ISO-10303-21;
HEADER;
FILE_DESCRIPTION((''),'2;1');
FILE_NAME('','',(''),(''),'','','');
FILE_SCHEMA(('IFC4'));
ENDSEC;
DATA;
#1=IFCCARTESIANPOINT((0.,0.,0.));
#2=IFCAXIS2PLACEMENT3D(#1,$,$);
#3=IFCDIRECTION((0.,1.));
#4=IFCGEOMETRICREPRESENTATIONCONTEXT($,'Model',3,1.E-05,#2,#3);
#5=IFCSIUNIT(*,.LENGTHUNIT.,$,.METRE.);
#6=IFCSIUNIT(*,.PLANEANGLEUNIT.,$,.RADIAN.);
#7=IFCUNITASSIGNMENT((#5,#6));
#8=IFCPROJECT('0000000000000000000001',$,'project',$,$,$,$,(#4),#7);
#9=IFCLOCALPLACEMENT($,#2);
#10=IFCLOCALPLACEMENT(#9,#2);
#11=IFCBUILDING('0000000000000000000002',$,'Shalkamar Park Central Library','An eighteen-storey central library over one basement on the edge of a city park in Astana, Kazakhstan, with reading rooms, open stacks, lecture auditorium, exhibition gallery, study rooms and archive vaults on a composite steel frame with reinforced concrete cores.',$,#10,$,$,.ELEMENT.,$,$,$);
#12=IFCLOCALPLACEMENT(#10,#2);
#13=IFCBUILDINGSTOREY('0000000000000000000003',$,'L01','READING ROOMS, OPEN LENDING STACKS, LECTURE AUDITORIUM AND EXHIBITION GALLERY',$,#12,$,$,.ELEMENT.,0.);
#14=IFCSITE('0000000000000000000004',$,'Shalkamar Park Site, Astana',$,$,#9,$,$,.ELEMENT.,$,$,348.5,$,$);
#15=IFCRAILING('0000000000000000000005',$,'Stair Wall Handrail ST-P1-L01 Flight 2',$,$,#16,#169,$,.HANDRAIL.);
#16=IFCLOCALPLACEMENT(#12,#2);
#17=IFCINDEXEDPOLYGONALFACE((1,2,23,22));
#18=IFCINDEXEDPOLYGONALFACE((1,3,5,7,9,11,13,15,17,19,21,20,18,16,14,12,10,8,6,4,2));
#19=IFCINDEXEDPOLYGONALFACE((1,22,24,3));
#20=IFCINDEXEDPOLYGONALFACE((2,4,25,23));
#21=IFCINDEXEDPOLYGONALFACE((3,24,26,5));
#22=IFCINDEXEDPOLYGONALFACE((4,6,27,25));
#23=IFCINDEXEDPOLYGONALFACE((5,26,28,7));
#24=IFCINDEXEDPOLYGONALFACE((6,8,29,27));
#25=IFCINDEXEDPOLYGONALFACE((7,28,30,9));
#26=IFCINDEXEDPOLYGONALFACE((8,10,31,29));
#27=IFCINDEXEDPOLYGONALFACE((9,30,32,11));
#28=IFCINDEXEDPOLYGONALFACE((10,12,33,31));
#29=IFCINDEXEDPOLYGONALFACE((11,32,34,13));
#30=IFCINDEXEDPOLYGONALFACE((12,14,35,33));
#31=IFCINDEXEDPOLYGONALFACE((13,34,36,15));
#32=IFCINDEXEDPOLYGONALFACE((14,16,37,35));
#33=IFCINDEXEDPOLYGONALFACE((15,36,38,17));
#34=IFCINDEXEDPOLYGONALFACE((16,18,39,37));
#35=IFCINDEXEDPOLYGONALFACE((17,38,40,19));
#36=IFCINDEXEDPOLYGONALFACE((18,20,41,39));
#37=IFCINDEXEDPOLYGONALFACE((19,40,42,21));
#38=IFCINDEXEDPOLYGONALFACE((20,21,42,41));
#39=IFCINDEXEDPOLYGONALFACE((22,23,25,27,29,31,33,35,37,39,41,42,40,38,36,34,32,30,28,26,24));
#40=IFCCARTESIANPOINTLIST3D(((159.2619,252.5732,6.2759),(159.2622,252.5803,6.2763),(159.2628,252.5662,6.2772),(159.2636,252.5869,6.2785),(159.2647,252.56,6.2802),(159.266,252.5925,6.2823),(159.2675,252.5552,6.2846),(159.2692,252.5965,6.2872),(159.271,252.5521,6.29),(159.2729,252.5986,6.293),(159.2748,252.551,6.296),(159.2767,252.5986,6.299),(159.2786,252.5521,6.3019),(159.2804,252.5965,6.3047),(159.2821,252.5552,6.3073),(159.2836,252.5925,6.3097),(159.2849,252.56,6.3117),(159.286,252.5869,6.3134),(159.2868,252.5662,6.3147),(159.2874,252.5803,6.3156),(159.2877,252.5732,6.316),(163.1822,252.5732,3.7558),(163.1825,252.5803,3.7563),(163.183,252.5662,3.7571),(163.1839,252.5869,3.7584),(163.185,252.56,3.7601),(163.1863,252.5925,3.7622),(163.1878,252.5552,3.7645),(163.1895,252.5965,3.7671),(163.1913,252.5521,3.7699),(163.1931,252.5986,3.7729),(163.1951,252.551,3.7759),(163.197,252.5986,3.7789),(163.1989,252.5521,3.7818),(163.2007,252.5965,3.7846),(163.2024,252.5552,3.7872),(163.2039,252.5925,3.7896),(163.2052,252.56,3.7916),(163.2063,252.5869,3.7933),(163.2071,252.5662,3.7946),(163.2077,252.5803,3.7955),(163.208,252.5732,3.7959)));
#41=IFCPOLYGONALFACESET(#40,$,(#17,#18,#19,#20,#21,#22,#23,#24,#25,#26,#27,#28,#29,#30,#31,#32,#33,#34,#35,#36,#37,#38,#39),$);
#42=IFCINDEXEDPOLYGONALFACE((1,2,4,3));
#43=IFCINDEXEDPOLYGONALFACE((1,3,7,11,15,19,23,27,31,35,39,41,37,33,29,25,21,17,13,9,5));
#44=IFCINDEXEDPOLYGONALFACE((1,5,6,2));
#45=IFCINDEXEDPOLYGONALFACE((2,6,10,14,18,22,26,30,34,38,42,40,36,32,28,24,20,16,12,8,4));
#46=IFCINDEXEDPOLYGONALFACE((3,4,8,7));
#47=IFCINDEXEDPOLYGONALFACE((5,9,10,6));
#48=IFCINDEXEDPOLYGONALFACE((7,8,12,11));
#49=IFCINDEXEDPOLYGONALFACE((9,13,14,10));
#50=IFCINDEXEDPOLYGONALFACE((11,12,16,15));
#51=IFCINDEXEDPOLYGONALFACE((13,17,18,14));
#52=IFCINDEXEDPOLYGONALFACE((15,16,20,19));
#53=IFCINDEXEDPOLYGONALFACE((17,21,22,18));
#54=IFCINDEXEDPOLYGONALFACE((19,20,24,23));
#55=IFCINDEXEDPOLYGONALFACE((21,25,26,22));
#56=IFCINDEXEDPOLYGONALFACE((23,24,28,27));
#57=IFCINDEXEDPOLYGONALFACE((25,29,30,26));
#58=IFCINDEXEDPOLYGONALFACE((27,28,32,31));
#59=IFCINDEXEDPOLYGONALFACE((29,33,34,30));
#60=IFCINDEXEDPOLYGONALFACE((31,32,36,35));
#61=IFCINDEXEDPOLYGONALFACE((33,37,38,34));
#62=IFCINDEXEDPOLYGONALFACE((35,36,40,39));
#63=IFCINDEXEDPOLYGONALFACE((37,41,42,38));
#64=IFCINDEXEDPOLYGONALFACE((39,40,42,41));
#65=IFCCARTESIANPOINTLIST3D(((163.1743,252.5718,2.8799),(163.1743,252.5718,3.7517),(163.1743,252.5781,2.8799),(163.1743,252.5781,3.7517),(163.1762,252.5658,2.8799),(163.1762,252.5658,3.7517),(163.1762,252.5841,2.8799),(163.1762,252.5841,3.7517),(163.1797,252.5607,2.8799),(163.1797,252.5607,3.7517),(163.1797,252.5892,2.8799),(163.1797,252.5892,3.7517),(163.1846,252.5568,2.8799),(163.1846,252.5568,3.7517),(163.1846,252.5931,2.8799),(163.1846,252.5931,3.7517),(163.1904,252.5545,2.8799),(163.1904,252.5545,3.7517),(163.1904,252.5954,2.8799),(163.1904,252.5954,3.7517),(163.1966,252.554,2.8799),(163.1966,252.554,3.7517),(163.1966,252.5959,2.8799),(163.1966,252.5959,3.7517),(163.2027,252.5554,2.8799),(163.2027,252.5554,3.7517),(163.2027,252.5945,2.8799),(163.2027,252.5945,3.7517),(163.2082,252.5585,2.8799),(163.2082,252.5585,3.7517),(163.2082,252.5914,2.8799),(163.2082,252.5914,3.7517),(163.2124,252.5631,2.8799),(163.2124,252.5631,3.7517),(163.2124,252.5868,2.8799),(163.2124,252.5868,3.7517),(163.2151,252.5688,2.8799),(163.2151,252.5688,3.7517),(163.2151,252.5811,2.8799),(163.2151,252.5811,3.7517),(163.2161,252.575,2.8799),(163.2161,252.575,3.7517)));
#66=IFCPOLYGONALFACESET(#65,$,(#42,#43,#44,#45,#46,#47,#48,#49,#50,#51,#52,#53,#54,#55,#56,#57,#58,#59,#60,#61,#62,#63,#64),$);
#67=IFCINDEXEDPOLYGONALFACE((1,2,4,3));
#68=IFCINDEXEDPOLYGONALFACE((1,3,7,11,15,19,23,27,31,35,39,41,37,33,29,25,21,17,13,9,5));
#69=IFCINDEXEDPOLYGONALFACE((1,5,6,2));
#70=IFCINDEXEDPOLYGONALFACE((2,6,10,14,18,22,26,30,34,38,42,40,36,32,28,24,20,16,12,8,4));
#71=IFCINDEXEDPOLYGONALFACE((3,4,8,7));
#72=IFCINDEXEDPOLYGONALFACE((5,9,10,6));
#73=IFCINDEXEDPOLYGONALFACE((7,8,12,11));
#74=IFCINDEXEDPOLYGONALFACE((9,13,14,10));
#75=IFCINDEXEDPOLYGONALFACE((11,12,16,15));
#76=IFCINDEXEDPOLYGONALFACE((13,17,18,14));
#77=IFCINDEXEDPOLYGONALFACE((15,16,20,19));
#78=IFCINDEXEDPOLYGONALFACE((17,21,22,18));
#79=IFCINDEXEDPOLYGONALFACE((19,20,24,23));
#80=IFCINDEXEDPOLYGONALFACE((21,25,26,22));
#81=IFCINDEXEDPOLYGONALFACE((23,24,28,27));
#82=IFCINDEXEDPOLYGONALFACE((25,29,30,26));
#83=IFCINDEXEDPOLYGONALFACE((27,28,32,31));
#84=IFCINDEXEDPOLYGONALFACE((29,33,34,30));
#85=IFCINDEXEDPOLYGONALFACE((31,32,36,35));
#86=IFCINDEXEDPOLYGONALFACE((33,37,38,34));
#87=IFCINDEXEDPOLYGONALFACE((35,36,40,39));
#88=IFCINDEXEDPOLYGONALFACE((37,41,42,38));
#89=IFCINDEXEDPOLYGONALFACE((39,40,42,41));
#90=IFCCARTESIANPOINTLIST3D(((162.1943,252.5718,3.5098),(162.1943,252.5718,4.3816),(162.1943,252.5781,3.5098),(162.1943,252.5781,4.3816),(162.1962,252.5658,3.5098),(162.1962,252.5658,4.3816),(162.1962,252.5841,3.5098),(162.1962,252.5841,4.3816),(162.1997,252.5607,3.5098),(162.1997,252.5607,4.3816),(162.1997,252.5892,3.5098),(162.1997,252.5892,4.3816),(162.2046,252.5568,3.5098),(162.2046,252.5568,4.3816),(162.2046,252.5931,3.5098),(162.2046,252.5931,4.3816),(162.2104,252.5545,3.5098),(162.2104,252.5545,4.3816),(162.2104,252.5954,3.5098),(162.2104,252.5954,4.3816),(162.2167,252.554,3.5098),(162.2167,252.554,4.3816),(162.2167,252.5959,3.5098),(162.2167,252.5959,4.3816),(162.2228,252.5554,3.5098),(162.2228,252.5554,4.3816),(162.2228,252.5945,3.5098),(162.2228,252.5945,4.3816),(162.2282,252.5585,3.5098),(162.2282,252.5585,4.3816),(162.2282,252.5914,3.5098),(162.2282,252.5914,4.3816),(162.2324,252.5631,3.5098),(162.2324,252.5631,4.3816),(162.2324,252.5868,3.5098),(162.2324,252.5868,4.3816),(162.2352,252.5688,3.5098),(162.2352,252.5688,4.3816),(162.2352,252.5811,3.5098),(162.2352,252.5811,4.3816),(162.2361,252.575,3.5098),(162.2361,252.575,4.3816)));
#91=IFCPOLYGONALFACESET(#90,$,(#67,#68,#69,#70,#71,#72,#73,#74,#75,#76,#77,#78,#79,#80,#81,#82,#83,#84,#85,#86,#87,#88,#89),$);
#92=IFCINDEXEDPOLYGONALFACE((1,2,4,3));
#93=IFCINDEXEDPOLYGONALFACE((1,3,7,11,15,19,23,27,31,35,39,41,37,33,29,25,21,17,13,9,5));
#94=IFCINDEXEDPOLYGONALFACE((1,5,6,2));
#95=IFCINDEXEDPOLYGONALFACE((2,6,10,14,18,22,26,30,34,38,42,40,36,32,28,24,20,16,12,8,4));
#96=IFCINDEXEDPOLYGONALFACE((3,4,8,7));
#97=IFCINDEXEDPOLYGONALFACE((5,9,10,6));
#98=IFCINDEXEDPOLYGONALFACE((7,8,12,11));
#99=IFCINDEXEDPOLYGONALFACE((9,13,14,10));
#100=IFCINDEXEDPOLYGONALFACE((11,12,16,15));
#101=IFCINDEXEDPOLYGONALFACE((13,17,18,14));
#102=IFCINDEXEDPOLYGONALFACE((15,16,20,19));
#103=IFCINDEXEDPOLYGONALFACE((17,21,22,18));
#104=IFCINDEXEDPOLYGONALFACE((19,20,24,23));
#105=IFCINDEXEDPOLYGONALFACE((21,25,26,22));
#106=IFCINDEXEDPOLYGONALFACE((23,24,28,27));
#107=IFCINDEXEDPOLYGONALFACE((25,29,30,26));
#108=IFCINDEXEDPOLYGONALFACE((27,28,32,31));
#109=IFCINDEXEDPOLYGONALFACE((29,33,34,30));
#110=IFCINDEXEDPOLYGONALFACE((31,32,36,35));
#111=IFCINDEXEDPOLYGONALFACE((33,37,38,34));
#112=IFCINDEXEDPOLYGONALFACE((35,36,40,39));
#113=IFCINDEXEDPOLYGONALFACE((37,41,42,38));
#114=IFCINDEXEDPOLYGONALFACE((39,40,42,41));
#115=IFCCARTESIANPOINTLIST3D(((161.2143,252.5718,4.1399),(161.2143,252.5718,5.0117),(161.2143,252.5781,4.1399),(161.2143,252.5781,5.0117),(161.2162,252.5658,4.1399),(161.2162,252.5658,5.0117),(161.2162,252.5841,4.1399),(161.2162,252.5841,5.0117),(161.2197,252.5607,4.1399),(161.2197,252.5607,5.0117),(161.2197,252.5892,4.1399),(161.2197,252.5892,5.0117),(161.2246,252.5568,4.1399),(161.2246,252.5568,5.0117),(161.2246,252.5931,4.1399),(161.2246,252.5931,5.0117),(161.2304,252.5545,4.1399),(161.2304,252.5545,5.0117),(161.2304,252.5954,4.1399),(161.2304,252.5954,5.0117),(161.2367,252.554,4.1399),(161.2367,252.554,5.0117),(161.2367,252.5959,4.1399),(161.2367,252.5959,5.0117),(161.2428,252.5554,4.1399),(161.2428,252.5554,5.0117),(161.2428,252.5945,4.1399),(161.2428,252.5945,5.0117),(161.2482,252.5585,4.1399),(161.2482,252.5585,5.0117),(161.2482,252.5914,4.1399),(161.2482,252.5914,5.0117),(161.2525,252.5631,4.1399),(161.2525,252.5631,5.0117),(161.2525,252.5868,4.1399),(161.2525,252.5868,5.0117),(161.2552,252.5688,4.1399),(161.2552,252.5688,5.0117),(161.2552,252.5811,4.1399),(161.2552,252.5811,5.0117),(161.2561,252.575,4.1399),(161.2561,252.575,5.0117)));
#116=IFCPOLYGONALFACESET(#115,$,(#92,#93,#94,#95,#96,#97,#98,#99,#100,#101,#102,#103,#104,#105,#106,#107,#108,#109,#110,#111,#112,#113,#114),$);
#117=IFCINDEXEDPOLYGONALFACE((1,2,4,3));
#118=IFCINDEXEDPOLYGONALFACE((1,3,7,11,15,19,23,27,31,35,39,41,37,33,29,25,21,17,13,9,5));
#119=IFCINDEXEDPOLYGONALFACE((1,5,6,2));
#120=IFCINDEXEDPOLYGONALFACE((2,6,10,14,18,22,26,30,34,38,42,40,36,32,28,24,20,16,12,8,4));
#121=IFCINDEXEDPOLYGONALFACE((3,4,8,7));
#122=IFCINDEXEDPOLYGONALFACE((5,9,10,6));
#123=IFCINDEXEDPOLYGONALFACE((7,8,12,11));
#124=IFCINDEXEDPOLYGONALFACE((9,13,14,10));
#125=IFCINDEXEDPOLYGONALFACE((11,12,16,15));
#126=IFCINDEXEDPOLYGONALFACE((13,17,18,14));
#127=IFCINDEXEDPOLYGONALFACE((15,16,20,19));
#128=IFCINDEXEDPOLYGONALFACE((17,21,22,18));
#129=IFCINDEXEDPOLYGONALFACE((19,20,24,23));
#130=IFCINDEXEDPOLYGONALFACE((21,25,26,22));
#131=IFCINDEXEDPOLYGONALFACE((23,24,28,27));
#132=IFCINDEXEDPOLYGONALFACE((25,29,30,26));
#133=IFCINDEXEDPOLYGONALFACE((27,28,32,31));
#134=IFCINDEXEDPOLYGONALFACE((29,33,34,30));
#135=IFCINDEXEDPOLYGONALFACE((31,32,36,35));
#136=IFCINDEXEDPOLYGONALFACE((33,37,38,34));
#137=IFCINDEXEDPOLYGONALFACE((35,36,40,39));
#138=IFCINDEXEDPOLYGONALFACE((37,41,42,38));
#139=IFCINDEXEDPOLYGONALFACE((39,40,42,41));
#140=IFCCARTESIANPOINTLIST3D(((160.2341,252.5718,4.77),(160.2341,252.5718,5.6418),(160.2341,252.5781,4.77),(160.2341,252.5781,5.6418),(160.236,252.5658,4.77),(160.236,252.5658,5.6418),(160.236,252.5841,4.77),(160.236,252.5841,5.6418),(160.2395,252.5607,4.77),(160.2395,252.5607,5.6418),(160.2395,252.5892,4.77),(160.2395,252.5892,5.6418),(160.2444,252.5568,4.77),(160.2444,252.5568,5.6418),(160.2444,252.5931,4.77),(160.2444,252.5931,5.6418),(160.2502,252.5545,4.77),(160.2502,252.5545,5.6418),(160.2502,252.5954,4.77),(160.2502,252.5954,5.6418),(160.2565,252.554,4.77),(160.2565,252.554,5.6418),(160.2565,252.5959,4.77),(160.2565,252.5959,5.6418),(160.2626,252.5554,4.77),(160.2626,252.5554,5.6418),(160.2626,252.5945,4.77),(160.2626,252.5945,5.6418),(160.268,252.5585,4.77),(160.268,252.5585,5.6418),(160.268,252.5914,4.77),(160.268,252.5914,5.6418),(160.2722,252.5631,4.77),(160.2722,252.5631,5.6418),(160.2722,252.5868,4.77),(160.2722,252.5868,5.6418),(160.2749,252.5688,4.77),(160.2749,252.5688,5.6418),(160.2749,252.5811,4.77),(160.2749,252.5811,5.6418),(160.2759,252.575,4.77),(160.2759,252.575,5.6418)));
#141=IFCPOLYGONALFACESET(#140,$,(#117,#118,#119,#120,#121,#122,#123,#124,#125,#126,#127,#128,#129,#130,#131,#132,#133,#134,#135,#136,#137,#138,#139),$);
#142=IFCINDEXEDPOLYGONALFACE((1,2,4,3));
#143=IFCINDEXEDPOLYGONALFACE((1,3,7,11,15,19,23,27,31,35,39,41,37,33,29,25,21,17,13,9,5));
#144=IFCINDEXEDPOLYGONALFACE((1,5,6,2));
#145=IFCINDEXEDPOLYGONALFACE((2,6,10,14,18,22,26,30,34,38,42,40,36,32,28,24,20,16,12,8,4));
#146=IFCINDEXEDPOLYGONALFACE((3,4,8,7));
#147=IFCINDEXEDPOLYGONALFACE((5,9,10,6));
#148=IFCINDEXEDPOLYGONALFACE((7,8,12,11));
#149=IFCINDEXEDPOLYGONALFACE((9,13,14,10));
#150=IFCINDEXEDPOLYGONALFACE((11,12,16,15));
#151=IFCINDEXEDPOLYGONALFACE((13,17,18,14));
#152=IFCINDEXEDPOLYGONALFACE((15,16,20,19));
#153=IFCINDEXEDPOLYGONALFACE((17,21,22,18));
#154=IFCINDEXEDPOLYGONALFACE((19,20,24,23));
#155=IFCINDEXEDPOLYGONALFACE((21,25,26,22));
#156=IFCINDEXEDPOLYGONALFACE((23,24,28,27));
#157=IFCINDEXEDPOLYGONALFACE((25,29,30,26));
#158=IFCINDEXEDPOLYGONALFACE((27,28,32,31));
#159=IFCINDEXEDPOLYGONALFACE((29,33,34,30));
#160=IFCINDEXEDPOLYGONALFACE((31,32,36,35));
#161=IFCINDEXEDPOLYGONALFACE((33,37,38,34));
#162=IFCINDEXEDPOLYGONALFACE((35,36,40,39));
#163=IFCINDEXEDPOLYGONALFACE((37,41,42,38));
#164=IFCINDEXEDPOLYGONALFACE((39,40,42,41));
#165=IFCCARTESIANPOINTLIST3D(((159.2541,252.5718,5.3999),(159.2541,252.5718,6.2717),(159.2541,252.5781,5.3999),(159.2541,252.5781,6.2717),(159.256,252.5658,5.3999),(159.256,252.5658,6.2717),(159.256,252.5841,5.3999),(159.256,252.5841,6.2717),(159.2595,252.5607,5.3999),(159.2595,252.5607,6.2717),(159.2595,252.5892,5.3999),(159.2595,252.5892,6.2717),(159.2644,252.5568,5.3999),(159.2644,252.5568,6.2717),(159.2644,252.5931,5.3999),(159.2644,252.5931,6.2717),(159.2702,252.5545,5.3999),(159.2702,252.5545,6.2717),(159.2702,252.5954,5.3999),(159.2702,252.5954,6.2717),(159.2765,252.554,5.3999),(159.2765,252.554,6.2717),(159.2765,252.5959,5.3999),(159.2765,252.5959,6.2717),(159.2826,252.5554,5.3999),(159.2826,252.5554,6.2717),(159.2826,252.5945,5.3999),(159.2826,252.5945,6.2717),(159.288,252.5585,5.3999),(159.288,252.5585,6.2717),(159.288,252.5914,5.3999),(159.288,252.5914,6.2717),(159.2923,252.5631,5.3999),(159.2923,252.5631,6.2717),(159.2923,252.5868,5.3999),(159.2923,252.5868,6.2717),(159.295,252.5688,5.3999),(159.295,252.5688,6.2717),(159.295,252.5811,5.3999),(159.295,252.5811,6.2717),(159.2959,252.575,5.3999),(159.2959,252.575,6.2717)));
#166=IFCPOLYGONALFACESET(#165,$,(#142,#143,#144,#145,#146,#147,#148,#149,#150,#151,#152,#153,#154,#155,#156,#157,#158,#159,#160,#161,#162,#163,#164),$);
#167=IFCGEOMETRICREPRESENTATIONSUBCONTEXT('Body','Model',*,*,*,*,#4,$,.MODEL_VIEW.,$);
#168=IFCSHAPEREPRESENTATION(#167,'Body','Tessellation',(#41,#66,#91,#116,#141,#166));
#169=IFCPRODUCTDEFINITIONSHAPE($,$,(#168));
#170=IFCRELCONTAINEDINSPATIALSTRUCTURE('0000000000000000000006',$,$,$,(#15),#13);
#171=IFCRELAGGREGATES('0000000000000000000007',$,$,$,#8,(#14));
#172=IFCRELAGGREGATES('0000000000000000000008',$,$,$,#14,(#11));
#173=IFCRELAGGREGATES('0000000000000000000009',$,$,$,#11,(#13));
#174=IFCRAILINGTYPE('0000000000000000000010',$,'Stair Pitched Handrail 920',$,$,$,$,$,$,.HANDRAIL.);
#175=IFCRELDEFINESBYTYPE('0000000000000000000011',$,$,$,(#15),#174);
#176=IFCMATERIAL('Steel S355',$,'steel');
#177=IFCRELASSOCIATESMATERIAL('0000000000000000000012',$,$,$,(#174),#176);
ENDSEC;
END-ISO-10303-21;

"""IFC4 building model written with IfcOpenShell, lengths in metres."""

from ifc_helpers import new_model, si_unit, direction, frame, origin, origin_2d, place, context, subcontext, project, spatial, circle, extrude, material, type_object, element, save


model = new_model("IFC4")

# Units and contexts
model_context = context("Model", 3, precision=1e-05, world=origin(), true_north=direction((0.0, 1.0)))
body_context = subcontext(model_context, "Body", "Model", "MODEL_VIEW")
ifc_project = project(units=[si_unit("LENGTHUNIT", "METRE"), si_unit("PLANEANGLEUNIT", "RADIAN")], contexts=[model_context])

# Site, building, storey
site_placement = place(None, origin())
site = spatial("IfcSite", under=ifc_project, at=site_placement, Name="Shalkamar Park Site, Astana", CompositionType="ELEMENT", RefElevation=348.5)
building_placement = place(site_placement, origin())
building = spatial("IfcBuilding", under=site, at=building_placement, Name="Shalkamar Park Central Library", Description="An eighteen-storey central library over one basement on the edge of a city park in Astana, Kazakhstan, with reading rooms, open stacks, lecture auditorium, exhibition gallery, study rooms and archive vaults on a composite steel frame with reinforced concrete cores.", CompositionType="ELEMENT")
storey_placement = place(building_placement, origin())
storey = spatial("IfcBuildingStorey", under=building, at=storey_placement, Name="L01", Description="READING ROOMS, OPEN LENDING STACKS, LECTURE AUDITORIUM AND EXHIBITION GALLERY", CompositionType="ELEMENT", Elevation=0.0)

# Shared definitions
ifc_material_1 = material(Name="Steel S355", Category="steel")

# Railing
railing_type_1 = type_object("IfcRailingType", Name="Stair Pitched Handrail 920", PredefinedType="HANDRAIL", material=ifc_material_1)
railing_1_placement = place(storey_placement, frame((163.1951, 252.575, 2.8799)))
element("IfcRailing", 1, at=railing_1_placement, inside=storey, type_object=railing_type_1, Name="Stair Wall Handrail ST-P1-L01 Flight 2", PredefinedType="HANDRAIL", context=body_context, shape_type="SweptSolid", body=[
    extrude(circle(Radius=0.0239, at=origin_2d()), frame((0.0, 0.0, 0.896), z_axis=(-0.841187, 0.0, 0.540744), x_axis=(0.0, -1.0, 0.0)), (0.0, 0.0, 1.0), 4.6604),
    extrude(circle(Radius=0.021, at=origin_2d()), origin(), (0.0, 0.0, 1.0), 0.8718),
    extrude(circle(Radius=0.021, at=origin_2d()), frame((-0.98, 0.0, 0.6299)), (0.0, 0.0, 1.0), 0.8718),
    extrude(circle(Radius=0.021, at=origin_2d()), frame((-1.96, 0.0, 1.26)), (0.0, 0.0, 1.0), 0.8718),
    extrude(circle(Radius=0.021, at=origin_2d()), frame((-2.9402, 0.0, 1.8901)), (0.0, 0.0, 1.0), 0.8718),
    extrude(circle(Radius=0.021, at=origin_2d()), frame((-3.9202, 0.0, 2.52)), (0.0, 0.0, 1.0), 0.8718),
])

save(model, "model.ifc")
